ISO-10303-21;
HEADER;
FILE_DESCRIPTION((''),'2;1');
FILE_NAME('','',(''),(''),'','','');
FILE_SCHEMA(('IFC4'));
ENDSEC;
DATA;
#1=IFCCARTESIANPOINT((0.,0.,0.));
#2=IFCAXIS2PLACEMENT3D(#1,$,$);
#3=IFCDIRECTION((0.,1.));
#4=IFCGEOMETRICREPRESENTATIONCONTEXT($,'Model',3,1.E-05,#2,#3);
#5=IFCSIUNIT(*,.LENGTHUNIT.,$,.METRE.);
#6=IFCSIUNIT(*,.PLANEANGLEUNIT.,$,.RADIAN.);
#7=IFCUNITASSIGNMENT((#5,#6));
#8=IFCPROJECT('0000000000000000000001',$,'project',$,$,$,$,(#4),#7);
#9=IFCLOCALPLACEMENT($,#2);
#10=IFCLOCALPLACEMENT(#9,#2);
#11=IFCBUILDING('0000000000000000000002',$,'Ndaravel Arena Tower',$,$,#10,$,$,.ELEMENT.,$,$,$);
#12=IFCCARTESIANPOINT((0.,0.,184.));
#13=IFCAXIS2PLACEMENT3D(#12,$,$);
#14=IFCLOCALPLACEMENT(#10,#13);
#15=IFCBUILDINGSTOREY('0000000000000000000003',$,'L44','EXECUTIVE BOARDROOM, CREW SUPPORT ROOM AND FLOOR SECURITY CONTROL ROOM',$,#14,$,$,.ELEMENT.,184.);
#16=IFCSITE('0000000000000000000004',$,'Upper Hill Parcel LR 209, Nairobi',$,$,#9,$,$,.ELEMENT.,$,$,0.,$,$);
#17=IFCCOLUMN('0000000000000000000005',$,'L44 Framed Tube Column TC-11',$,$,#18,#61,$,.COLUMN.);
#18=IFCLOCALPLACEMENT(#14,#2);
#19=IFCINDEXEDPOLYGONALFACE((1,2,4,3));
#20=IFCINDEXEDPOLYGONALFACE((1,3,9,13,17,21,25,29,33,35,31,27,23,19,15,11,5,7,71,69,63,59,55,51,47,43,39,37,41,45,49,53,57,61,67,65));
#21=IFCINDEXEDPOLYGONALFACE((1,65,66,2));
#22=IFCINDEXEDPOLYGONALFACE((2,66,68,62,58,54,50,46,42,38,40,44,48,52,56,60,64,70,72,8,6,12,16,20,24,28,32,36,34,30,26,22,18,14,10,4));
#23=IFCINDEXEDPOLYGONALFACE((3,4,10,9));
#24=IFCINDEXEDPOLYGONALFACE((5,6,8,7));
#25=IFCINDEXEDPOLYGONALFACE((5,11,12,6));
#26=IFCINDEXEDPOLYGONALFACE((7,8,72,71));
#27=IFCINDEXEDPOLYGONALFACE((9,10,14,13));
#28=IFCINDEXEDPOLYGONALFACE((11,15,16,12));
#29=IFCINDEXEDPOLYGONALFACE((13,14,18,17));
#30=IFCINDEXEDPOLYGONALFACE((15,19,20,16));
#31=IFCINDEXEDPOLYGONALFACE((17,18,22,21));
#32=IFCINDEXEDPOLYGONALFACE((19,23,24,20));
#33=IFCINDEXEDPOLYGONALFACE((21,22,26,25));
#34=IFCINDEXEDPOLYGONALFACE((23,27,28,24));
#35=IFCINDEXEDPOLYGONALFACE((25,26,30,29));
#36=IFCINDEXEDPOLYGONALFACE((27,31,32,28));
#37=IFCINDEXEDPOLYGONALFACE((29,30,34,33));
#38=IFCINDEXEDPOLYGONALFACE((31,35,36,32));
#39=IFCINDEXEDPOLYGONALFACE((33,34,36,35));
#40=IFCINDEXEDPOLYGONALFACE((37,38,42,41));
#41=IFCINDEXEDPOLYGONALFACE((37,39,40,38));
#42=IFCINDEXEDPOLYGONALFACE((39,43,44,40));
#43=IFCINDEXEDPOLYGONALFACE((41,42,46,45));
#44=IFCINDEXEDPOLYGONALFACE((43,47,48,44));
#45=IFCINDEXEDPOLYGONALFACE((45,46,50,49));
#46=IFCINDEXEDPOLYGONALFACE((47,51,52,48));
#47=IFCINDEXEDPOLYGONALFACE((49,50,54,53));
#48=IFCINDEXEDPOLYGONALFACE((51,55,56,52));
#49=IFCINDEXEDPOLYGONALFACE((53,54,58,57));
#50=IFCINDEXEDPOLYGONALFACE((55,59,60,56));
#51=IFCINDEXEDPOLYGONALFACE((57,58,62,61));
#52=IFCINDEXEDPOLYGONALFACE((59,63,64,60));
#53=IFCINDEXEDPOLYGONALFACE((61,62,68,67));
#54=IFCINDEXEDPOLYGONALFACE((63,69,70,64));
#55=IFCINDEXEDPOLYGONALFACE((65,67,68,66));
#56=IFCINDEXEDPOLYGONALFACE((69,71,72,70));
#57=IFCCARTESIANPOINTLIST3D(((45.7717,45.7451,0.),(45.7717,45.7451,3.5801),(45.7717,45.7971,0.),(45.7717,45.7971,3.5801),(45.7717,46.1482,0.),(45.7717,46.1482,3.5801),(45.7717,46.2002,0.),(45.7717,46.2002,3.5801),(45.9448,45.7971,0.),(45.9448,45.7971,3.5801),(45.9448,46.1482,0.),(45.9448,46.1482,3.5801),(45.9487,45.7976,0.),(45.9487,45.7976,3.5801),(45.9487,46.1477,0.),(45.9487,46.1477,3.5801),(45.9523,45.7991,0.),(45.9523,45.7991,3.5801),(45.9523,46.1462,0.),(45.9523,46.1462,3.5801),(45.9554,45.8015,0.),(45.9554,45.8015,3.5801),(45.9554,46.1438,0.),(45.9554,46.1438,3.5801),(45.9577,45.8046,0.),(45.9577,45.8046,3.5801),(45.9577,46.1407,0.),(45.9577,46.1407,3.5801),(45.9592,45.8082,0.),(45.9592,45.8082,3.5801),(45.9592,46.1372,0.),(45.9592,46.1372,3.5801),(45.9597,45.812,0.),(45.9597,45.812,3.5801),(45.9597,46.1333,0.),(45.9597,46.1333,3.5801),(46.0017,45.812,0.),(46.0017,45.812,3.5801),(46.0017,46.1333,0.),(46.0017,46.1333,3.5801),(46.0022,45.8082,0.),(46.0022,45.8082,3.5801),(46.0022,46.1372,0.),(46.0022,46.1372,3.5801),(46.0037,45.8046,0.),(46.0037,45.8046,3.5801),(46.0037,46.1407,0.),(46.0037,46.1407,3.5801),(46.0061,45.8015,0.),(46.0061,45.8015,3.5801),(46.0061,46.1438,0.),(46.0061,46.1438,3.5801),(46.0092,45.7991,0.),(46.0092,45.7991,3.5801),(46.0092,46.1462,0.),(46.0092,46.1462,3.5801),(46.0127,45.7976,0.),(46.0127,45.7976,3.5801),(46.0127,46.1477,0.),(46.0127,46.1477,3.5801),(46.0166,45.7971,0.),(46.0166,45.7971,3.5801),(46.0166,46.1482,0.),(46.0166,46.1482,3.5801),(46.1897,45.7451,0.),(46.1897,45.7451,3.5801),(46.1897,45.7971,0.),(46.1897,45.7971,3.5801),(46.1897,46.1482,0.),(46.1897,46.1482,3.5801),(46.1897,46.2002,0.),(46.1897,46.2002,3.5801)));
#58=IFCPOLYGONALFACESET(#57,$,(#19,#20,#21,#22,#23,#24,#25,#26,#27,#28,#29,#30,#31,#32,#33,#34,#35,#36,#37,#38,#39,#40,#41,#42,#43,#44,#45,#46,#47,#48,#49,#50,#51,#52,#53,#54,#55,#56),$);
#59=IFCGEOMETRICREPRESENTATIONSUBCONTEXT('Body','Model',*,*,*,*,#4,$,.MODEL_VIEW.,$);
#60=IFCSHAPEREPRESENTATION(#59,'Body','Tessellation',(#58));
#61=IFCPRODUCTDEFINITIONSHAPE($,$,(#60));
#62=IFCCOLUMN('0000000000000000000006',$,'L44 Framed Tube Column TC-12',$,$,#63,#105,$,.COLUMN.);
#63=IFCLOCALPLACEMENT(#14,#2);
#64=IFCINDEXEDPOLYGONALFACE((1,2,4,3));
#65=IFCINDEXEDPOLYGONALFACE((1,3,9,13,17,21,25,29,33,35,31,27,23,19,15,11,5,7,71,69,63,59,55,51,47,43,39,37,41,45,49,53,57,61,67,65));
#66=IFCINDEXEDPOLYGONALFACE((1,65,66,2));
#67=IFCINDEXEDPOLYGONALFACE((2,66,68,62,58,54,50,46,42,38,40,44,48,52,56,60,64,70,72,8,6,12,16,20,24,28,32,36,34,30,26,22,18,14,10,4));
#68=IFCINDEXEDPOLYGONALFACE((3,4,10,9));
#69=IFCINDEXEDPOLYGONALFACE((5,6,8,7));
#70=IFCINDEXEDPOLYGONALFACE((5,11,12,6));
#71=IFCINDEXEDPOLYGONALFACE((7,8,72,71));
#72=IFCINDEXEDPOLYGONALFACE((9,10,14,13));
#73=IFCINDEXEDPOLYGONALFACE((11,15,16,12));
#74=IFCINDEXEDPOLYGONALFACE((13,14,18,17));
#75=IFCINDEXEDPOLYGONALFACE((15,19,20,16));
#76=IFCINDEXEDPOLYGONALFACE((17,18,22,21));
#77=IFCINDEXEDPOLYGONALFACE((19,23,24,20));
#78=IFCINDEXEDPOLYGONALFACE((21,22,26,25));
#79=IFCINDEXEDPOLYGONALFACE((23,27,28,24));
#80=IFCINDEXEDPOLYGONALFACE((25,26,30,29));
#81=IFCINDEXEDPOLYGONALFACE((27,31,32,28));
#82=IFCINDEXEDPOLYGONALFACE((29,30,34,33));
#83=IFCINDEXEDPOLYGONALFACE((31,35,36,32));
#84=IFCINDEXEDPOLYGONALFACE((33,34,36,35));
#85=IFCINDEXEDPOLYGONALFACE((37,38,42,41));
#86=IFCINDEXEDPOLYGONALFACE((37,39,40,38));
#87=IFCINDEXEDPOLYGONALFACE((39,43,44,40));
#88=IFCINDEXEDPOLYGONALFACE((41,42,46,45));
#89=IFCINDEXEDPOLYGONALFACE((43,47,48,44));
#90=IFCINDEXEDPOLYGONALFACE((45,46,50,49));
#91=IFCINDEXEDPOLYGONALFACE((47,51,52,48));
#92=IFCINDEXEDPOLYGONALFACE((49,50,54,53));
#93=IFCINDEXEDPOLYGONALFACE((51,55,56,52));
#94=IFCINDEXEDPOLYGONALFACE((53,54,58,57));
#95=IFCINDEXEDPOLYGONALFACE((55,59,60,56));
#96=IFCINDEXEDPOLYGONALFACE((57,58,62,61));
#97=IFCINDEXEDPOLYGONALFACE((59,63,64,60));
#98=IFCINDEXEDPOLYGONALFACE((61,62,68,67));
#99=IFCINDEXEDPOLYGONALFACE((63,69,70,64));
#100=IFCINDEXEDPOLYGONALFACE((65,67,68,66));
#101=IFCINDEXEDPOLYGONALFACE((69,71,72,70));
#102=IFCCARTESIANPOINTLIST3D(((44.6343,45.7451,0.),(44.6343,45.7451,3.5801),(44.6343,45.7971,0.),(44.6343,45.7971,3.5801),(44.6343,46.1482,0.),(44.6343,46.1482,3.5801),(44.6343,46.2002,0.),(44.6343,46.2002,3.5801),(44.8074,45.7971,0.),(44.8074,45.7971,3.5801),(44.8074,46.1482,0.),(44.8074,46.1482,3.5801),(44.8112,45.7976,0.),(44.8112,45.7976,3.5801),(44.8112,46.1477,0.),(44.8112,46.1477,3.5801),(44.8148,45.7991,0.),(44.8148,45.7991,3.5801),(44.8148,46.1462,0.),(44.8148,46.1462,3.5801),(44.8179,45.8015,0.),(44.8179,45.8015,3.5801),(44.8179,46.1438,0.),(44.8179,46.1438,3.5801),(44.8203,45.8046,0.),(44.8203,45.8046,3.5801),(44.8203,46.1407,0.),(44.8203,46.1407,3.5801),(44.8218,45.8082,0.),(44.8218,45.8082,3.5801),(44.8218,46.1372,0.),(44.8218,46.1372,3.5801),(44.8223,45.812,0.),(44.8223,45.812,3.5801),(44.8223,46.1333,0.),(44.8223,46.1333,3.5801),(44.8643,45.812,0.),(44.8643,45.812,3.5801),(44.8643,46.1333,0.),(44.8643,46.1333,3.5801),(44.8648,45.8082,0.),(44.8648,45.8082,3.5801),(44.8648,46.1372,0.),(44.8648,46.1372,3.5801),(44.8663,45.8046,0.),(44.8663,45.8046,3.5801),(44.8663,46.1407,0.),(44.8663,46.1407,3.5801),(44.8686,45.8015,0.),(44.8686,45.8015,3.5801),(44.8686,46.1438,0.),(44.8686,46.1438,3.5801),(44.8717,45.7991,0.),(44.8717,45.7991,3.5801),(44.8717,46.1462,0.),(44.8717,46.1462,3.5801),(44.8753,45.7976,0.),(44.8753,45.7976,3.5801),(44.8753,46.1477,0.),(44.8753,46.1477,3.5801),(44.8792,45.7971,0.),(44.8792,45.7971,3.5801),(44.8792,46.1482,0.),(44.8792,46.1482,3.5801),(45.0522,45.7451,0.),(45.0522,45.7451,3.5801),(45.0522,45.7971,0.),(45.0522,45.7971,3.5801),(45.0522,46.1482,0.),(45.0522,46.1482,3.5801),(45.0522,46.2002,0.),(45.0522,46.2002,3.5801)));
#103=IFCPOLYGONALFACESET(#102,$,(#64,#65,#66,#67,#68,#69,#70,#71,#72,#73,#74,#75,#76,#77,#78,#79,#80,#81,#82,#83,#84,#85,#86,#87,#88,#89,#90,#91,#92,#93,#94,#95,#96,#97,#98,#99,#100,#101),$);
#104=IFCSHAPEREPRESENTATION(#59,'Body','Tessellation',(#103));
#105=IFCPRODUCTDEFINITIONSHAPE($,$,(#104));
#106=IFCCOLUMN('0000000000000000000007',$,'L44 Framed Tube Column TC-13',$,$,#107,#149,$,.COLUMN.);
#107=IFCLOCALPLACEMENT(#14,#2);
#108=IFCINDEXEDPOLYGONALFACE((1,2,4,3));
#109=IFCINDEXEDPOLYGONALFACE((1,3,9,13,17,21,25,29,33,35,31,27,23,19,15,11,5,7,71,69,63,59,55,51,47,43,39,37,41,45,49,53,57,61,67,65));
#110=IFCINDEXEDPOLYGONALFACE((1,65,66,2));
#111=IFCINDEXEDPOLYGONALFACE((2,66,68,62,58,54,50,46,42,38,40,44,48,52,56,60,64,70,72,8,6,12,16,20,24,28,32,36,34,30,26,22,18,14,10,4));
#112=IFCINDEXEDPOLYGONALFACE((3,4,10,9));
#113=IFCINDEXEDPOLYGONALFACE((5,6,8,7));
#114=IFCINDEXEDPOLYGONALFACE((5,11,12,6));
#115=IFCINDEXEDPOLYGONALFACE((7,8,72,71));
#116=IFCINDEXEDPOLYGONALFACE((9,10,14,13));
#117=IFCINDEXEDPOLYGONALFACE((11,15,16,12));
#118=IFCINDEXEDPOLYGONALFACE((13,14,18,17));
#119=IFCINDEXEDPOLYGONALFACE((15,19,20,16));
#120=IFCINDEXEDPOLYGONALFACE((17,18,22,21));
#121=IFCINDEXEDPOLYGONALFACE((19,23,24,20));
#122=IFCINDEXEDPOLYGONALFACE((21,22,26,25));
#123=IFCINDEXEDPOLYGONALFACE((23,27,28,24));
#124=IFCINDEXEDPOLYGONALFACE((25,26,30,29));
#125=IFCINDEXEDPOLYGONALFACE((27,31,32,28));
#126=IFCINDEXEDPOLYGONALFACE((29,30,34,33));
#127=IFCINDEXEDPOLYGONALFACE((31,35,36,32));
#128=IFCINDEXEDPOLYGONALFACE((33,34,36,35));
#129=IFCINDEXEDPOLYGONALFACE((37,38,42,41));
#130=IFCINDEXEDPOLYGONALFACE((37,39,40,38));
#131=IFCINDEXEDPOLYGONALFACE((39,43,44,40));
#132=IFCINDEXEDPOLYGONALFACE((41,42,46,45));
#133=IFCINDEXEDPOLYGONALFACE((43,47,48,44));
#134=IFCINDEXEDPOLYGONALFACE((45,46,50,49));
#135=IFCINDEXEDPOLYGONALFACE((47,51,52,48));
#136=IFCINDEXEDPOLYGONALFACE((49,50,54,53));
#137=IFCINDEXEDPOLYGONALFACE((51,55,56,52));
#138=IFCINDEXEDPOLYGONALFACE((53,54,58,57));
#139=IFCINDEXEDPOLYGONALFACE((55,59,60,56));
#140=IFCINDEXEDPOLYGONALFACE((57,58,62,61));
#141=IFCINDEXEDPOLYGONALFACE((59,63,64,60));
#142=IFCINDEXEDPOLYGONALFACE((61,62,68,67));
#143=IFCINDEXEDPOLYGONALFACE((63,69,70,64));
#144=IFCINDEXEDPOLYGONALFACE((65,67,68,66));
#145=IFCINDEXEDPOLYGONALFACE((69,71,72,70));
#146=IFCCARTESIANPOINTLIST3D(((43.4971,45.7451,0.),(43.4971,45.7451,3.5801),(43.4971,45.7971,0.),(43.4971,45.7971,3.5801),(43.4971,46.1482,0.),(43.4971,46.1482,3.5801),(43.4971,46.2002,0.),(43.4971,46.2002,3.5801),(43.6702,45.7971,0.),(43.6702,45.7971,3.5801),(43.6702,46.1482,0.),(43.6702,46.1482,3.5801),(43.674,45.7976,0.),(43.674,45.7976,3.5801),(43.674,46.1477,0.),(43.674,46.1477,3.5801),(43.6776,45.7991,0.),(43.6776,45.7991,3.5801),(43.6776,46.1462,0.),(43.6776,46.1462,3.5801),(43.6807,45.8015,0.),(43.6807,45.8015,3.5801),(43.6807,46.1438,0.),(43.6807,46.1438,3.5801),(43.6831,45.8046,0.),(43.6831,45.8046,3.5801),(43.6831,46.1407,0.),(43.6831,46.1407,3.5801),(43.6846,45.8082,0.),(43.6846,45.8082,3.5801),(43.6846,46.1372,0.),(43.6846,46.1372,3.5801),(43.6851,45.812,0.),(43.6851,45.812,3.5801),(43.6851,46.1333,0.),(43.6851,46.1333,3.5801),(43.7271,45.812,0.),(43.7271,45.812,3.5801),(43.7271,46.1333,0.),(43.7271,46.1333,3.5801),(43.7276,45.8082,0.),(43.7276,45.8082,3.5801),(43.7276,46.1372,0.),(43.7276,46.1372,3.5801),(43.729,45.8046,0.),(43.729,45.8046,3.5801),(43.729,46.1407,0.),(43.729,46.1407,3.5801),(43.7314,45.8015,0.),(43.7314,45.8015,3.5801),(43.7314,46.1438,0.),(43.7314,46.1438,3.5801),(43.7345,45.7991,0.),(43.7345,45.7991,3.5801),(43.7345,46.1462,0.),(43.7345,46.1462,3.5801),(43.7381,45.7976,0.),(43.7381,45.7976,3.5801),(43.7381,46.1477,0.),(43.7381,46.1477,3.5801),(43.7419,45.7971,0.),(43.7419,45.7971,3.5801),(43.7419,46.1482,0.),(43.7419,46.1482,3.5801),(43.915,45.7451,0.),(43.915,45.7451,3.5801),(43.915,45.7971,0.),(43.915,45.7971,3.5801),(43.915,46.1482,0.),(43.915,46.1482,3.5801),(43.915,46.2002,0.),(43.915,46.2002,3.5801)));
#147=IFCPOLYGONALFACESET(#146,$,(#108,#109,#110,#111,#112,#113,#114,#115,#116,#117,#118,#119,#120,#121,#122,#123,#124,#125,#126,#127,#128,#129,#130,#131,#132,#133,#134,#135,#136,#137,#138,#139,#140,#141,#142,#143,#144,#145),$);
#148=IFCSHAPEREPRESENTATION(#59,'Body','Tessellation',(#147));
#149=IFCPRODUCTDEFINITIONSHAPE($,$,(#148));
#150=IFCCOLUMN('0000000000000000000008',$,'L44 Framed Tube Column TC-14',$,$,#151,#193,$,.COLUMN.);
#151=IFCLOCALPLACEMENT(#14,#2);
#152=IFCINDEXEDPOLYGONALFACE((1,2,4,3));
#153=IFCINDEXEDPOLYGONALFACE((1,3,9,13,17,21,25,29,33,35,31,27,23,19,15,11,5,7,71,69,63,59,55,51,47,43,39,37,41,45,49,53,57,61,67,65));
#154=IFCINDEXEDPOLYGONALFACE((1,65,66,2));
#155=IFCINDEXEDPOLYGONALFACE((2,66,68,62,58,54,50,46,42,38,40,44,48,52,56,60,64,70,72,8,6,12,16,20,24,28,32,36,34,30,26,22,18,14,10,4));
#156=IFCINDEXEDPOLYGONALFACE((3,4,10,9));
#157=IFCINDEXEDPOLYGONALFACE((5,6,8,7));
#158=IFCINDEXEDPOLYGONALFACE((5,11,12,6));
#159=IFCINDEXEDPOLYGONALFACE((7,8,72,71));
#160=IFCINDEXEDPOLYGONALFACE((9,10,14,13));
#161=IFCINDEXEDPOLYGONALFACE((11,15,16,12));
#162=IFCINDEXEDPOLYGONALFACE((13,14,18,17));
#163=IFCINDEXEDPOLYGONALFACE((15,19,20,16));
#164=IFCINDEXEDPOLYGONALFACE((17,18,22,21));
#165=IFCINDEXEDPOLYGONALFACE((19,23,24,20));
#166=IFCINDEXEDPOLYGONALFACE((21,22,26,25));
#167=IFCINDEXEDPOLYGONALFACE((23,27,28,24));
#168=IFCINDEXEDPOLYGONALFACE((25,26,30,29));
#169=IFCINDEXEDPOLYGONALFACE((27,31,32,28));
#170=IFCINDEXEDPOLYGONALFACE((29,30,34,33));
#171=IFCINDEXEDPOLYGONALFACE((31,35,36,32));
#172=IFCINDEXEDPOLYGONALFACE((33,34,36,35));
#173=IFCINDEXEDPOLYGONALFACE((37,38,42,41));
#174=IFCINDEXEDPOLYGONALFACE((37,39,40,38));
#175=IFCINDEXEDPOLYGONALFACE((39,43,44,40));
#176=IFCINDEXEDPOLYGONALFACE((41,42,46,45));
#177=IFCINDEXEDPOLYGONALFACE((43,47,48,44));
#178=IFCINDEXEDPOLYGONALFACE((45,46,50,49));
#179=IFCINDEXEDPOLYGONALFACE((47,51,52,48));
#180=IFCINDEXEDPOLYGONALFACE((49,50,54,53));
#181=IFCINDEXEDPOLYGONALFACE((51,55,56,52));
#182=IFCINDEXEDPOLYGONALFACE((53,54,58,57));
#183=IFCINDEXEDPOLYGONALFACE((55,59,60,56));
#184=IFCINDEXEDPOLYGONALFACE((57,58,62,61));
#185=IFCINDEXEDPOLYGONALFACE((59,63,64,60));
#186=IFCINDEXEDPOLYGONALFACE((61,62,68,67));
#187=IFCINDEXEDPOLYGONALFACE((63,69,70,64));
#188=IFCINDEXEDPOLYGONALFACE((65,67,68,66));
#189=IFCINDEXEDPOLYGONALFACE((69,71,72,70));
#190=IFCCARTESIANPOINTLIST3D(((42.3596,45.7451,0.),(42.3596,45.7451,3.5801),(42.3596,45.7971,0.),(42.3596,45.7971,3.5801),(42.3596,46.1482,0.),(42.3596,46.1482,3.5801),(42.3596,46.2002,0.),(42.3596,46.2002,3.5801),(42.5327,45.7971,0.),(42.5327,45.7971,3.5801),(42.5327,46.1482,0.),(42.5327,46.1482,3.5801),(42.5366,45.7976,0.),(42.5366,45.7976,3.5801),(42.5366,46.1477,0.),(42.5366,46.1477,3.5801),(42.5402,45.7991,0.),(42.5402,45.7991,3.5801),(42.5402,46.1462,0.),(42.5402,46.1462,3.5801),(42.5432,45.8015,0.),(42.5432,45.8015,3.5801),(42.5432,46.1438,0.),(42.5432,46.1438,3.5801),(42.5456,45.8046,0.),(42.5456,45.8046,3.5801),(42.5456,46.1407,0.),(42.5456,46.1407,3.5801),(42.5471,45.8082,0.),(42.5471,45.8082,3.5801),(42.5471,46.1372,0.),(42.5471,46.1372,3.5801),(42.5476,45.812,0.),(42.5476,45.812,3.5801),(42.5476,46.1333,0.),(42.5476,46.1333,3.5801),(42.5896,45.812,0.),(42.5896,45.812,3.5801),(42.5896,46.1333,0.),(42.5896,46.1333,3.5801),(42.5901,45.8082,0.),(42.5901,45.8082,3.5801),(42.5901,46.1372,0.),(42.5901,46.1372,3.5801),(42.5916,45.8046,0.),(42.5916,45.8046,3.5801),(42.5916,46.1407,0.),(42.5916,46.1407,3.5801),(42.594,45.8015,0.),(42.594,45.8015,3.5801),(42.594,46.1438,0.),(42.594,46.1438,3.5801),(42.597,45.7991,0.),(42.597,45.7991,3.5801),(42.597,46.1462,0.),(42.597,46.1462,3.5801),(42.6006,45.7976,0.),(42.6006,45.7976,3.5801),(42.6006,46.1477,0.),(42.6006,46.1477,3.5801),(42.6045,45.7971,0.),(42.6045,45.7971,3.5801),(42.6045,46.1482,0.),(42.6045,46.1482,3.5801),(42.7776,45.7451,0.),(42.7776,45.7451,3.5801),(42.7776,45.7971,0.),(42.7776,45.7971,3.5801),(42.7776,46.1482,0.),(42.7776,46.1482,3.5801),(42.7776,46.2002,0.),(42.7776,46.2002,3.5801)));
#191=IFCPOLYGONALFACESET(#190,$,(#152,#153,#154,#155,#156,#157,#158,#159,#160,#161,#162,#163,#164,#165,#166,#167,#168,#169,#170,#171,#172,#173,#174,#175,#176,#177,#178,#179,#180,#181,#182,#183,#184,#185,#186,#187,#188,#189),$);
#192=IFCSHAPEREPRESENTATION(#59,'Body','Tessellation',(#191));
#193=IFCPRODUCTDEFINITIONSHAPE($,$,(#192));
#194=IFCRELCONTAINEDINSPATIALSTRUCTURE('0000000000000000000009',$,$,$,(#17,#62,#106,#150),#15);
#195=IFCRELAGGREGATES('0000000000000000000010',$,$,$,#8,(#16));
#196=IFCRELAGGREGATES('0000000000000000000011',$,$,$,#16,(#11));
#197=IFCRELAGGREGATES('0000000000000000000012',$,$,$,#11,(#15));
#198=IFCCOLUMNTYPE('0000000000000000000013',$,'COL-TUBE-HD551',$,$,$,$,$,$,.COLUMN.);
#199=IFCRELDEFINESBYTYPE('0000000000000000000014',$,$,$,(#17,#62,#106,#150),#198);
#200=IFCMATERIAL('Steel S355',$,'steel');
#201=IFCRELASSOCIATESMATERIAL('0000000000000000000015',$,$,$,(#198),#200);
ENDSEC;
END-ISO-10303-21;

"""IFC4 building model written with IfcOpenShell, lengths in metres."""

from ifc_helpers import new_model, si_unit, direction, frame, origin, origin_2d, place, context, subcontext, project, spatial, i_section, extrude, material, material_profile, profile_set, type_object, element, save


model = new_model("IFC4")

# Units and contexts
model_context = context("Model", 3, precision=1e-05, world=origin(), true_north=direction((0.0, 1.0)))
body_context = subcontext(model_context, "Body", "Model", "MODEL_VIEW")
ifc_project = project(units=[si_unit("LENGTHUNIT", "METRE"), si_unit("PLANEANGLEUNIT", "RADIAN")], contexts=[model_context])

# Site, building, storey
site_placement = place(None, origin())
site = spatial("IfcSite", under=ifc_project, at=site_placement, Name="Upper Hill Parcel LR 209, Nairobi", CompositionType="ELEMENT", RefElevation=0.0)
building_placement = place(site_placement, origin())
building = spatial("IfcBuilding", under=site, at=building_placement, Name="Ndaravel Arena Tower", CompositionType="ELEMENT")
storey_placement = place(building_placement, frame((0.0, 0.0, 184.0)))
storey = spatial("IfcBuildingStorey", under=building, at=storey_placement, Name="L44", Description="EXECUTIVE BOARDROOM, CREW SUPPORT ROOM AND FLOOR SECURITY CONTROL ROOM", CompositionType="ELEMENT", Elevation=184.0)

# Columns
ifc_material_1 = material(Name="Steel S355", Category="steel")
ifc_material_profile_1 = material_profile(ifc_material_1, i_section(OverallWidth=0.418, OverallDepth=0.4551, WebThickness=0.042, FlangeThickness=0.052, FilletRadius=0.0149, at=origin_2d()), Name="HD 400x551")
ifc_profile_set_1 = profile_set([ifc_material_profile_1], Name="Steel S355")
column_type = type_object("IfcColumnType", Name="COL-TUBE-HD551", PredefinedType="COLUMN", material=ifc_profile_set_1)
for number, where, z_axis, x_axis, name in (
    (1, (45.9807, 45.9727, 0.0), (0.0, 0.0, 1.0), (1.0, 0.0, 0.0), "L44 Framed Tube Column TC-11"),
    (2, (44.8433, 45.9727, 0.0), (0.0, 0.0, 1.0), (1.0, 0.0, 0.0), "L44 Framed Tube Column TC-12"),
    (3, (43.7061, 45.9727, 0.0), (0.0, 0.0, 1.0), (1.0, 0.0, 0.0), "L44 Framed Tube Column TC-13"),
    (4, (42.5686, 45.9727, 0.0), (0.0, 0.0, 1.0), (1.0, 0.0, 0.0), "L44 Framed Tube Column TC-14"),
):
    element("IfcColumn", number, at=place(storey_placement, frame(where, z_axis=z_axis, x_axis=x_axis)), inside=storey, type_object=column_type, Name=name, PredefinedType="COLUMN", context=body_context, shape_type="SweptSolid", body=[
        extrude(i_section(OverallWidth=0.418, OverallDepth=0.4551, WebThickness=0.042, FlangeThickness=0.052, FilletRadius=0.0149, at=origin_2d()), origin(), (0.0, 0.0, 1.0), 3.5801),
    ])

save(model, "model.ifc")
